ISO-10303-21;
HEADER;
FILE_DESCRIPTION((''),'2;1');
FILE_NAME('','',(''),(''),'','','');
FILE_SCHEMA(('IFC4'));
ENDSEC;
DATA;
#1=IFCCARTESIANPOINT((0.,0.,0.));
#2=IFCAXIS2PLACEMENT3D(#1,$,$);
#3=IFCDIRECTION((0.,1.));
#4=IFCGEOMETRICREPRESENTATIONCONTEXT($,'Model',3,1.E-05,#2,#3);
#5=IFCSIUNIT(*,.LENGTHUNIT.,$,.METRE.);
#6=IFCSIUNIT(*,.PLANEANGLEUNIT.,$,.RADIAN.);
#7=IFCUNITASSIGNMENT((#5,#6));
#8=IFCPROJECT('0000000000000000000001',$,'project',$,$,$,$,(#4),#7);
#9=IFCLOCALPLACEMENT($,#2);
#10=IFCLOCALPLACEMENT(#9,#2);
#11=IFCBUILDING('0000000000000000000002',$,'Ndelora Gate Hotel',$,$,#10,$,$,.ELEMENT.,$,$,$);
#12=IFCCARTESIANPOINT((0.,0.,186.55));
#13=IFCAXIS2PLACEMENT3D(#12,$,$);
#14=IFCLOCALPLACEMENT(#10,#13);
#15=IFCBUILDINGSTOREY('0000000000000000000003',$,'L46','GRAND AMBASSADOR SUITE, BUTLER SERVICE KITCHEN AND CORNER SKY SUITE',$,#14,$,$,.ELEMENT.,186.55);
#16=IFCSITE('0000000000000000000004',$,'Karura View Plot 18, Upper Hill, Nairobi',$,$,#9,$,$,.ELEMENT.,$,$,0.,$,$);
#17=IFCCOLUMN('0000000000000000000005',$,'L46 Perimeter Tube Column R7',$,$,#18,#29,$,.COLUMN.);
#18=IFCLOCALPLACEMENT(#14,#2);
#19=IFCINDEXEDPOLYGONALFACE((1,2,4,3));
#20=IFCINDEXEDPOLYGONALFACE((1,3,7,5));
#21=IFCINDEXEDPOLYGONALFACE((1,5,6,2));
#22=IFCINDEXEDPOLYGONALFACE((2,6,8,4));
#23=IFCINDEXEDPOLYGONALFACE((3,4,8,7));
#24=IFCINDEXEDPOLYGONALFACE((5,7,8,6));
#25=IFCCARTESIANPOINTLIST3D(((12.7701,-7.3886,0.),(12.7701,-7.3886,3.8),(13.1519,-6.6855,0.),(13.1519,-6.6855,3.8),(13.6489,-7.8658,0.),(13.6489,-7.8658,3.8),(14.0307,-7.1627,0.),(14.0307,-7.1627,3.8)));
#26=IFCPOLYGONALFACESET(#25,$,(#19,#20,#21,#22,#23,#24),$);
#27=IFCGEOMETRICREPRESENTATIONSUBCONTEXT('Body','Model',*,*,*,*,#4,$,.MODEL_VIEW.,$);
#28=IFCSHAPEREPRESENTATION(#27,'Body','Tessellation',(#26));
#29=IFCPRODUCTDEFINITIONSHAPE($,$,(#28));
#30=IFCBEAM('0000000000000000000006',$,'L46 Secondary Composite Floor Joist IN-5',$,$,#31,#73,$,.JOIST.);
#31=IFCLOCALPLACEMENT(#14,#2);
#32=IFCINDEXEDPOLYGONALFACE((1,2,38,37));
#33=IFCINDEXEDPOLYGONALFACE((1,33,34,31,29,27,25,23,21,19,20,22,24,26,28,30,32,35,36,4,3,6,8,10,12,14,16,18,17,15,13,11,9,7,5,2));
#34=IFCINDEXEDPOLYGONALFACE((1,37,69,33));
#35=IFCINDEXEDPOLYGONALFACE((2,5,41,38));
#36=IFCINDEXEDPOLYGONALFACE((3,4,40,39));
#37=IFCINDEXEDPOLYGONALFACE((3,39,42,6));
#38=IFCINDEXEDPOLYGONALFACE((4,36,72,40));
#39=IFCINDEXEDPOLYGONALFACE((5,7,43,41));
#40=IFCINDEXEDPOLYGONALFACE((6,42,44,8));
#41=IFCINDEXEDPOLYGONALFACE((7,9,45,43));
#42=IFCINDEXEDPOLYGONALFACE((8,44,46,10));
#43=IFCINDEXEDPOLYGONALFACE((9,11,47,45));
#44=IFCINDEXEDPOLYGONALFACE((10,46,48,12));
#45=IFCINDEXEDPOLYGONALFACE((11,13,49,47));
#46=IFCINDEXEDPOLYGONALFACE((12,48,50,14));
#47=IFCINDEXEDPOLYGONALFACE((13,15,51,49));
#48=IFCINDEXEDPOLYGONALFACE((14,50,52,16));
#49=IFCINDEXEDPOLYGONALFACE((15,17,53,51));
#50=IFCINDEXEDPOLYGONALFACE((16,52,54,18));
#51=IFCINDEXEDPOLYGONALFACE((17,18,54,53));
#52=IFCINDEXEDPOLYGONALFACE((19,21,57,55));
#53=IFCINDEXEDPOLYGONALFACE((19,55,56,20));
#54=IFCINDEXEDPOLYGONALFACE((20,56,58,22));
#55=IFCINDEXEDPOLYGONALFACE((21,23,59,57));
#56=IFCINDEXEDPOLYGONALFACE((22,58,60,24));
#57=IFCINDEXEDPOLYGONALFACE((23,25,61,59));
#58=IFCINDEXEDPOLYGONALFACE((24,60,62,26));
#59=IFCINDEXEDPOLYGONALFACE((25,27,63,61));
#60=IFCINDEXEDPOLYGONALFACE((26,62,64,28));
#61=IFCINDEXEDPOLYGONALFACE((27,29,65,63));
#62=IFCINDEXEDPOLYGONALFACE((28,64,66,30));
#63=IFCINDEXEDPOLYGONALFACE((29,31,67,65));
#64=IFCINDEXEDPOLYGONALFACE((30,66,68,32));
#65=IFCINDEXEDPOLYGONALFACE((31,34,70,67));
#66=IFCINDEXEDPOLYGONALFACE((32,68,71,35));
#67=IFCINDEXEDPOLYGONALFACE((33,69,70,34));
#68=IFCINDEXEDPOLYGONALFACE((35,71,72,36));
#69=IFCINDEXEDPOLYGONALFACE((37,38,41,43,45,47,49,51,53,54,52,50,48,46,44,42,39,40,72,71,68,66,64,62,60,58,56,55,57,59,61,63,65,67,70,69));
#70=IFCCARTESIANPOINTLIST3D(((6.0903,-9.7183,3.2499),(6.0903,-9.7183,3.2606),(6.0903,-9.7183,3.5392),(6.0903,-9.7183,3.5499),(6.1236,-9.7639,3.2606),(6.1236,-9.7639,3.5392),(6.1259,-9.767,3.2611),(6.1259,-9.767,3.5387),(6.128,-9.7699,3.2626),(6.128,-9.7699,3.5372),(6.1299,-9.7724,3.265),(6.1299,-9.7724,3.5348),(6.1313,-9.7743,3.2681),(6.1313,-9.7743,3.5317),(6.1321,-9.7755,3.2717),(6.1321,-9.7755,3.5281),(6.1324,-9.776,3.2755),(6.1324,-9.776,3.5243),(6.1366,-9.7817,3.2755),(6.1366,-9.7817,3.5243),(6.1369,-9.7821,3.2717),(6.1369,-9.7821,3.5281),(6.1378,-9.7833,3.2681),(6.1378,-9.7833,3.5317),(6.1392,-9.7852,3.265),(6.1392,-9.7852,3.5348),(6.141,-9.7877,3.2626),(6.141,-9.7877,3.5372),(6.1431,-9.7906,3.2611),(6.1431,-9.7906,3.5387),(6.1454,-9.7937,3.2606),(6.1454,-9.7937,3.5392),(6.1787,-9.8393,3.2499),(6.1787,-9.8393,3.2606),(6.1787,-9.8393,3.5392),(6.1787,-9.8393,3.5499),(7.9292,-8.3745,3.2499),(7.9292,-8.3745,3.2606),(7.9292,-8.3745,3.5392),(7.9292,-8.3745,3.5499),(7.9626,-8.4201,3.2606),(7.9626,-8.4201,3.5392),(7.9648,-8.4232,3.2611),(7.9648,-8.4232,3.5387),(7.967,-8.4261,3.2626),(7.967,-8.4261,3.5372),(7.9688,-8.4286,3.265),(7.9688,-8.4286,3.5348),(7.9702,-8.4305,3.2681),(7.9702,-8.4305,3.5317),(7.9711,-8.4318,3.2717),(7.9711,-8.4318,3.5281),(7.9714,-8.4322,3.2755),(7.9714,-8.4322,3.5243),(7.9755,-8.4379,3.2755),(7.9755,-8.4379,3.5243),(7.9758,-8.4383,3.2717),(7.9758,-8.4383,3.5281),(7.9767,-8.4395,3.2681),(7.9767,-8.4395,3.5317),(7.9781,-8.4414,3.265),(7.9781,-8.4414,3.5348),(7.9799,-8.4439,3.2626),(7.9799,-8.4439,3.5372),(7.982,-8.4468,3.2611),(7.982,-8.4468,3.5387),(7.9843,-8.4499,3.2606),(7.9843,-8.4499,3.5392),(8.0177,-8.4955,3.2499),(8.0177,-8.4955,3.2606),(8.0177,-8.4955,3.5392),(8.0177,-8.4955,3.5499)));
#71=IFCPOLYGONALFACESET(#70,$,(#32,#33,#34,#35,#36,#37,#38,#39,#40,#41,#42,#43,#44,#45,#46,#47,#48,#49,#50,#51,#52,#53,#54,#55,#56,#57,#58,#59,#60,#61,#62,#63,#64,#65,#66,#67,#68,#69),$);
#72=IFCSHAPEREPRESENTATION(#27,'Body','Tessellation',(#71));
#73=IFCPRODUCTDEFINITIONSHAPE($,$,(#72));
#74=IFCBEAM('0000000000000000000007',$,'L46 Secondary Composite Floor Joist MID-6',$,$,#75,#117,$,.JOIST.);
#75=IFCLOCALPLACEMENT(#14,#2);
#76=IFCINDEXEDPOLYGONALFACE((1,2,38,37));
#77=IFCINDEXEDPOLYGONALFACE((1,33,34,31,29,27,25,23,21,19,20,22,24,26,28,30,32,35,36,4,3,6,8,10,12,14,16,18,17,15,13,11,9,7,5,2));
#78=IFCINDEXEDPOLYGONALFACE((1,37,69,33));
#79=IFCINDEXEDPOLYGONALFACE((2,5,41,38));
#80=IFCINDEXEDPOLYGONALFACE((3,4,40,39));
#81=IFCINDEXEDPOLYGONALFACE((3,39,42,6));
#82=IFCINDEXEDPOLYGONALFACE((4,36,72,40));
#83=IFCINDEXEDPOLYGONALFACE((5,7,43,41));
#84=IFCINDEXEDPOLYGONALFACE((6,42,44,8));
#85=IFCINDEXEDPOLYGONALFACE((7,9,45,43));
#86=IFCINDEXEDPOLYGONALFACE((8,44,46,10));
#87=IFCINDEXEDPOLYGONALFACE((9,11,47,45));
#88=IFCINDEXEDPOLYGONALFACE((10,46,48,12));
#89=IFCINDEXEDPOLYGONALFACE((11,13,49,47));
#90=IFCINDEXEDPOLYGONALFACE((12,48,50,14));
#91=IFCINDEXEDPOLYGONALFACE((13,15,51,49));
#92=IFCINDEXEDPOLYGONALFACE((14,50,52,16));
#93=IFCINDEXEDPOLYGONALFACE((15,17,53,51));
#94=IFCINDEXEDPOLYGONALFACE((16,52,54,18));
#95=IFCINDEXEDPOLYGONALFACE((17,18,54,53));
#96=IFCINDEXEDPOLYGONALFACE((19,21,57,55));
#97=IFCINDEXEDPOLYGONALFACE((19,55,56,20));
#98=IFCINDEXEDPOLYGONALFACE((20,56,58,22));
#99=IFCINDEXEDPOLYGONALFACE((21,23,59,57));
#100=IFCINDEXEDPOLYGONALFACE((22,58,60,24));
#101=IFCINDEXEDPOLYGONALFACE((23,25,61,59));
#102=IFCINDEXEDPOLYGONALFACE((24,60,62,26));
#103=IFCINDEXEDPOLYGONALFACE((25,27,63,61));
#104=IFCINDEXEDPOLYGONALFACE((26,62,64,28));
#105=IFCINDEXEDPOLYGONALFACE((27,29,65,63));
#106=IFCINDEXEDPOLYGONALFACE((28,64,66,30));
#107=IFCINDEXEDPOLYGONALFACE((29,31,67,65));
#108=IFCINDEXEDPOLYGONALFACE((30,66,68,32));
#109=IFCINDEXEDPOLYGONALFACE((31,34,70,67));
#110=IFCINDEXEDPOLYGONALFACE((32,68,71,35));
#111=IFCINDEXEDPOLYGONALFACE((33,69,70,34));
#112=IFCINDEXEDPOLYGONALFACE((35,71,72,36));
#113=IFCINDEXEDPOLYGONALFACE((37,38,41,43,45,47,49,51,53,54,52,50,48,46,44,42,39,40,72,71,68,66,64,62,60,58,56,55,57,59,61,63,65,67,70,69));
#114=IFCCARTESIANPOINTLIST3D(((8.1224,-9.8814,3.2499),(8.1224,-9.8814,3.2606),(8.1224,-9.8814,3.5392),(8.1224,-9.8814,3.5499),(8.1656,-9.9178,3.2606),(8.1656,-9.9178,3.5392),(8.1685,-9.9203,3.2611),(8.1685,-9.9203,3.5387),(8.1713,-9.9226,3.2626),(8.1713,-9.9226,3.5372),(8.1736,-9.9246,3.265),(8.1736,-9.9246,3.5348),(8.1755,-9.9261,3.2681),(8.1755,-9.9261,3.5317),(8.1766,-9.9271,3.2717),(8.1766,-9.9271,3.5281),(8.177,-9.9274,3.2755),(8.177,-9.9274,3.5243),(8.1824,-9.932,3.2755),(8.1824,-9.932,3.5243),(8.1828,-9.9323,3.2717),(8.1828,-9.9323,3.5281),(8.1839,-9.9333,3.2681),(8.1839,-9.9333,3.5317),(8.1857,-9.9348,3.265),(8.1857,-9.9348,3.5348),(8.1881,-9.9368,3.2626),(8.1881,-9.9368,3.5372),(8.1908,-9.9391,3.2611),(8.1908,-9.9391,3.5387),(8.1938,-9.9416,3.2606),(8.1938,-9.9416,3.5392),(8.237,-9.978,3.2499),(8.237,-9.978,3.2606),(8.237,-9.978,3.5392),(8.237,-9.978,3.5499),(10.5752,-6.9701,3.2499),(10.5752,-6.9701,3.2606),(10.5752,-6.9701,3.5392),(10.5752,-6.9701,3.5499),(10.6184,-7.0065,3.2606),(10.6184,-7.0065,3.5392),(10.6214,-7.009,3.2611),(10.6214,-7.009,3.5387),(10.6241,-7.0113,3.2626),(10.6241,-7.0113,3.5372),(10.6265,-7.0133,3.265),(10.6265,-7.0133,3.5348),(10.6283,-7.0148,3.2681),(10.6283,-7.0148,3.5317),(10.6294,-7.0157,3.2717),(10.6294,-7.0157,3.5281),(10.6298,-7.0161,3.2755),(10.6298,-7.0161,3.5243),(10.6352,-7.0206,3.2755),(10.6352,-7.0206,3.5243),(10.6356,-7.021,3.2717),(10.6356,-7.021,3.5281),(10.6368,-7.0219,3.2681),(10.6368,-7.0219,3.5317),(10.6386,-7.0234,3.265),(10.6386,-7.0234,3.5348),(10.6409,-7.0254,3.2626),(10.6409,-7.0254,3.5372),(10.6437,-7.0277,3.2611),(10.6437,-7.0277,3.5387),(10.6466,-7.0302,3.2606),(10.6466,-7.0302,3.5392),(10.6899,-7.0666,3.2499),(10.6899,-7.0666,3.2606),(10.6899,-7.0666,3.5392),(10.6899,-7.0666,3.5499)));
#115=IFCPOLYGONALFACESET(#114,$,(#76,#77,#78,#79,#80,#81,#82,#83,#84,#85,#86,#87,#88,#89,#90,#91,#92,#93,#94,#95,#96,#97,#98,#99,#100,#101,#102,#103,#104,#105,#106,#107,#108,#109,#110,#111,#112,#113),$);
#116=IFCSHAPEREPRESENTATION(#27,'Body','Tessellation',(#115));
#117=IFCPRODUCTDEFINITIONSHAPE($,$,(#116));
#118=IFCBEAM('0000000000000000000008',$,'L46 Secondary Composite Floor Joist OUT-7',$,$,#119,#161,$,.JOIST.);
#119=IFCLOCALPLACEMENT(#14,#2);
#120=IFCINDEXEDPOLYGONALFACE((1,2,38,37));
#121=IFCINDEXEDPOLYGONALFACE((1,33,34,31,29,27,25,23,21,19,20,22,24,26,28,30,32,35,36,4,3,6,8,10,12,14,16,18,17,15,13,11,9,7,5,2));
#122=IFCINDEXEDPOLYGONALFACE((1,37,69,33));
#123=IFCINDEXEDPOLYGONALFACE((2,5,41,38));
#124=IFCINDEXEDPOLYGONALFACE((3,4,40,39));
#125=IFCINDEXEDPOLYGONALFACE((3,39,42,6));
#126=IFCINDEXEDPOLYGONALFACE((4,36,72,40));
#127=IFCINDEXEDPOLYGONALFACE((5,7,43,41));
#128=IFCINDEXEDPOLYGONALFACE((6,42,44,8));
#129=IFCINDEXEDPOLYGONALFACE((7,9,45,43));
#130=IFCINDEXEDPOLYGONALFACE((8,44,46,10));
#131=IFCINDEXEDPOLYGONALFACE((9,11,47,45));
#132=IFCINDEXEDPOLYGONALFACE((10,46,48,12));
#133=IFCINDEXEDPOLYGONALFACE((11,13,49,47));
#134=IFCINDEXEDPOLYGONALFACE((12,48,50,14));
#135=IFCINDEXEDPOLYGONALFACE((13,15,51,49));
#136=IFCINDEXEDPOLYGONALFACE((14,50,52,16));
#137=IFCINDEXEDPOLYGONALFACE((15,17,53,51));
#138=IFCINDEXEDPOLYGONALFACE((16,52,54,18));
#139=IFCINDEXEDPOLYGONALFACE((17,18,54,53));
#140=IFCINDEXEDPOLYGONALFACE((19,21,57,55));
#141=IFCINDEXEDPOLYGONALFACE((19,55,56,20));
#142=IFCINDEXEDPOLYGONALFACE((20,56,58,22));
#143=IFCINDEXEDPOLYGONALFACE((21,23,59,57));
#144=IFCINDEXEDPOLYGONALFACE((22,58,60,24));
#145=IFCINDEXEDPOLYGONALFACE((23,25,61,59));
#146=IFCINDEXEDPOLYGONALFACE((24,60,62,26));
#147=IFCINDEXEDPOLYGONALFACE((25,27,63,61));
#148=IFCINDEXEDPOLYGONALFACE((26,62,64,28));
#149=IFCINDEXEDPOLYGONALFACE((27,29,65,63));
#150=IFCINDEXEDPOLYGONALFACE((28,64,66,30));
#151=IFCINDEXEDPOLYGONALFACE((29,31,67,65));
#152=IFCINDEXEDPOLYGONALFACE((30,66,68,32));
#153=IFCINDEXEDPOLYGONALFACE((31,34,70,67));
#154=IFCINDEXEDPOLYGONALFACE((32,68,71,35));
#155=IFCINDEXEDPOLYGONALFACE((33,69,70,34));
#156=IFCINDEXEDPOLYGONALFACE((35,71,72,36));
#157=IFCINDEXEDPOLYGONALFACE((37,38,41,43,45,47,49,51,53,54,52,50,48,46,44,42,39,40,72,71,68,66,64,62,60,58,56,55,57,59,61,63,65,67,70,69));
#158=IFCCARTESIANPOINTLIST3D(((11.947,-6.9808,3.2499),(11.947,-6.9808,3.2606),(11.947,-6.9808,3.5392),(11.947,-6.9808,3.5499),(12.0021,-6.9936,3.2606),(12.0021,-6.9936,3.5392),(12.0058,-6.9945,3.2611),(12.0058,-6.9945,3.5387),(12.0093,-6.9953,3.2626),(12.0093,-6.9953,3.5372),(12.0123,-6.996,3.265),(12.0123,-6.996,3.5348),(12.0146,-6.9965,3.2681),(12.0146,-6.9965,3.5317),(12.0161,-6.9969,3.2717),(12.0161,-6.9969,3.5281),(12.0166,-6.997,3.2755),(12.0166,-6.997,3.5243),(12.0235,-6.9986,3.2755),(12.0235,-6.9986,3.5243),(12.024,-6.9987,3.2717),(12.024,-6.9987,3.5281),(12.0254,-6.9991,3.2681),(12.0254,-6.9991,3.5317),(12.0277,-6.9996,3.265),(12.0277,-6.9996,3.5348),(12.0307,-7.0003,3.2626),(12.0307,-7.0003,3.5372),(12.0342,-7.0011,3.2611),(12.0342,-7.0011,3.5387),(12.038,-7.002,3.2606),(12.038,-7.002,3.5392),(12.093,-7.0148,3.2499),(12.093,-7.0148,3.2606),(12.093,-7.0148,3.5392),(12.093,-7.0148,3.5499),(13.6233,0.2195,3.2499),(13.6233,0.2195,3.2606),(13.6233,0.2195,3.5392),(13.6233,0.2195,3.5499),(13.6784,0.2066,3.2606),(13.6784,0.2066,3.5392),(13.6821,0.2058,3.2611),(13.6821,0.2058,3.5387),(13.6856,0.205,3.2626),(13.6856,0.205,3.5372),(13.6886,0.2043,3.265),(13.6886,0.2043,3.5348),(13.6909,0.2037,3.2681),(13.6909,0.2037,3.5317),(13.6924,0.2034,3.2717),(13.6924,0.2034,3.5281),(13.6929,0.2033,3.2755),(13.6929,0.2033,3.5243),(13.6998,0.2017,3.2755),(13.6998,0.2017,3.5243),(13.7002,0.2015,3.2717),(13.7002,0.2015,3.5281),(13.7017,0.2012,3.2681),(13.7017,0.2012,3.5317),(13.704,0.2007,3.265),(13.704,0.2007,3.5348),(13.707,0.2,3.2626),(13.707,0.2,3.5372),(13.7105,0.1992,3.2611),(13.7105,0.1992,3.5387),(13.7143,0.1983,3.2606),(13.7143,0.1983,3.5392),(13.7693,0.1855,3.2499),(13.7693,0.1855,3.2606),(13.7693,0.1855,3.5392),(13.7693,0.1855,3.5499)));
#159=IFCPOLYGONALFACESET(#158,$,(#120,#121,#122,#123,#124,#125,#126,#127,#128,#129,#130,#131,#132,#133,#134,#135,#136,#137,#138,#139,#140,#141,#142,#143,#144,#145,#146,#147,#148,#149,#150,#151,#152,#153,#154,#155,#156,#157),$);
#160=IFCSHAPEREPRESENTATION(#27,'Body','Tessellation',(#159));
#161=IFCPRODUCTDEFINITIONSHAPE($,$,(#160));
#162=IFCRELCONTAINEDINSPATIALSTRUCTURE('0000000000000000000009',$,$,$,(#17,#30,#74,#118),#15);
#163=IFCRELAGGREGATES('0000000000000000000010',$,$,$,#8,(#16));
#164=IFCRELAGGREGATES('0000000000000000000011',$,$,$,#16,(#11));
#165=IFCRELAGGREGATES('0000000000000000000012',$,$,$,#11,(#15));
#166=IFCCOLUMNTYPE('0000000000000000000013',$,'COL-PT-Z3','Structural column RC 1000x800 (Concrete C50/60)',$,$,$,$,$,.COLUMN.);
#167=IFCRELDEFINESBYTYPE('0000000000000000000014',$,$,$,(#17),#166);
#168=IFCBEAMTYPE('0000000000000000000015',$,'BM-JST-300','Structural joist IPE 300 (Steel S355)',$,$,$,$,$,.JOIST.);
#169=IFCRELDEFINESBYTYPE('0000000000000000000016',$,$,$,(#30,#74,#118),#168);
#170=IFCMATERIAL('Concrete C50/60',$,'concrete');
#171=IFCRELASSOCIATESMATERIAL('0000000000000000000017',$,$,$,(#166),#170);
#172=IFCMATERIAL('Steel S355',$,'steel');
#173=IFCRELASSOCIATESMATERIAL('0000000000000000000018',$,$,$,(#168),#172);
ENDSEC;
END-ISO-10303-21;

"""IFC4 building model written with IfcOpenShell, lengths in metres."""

from ifc_helpers import new_model, si_unit, direction, frame, origin, origin_2d, place, context, subcontext, project, spatial, rectangle, i_section, extrude, material, material_profile, profile_set, type_object, element, save


model = new_model("IFC4")

# Units and contexts
model_context = context("Model", 3, precision=1e-05, world=origin(), true_north=direction((0.0, 1.0)))
body_context = subcontext(model_context, "Body", "Model", "MODEL_VIEW")
ifc_project = project(units=[si_unit("LENGTHUNIT", "METRE"), si_unit("PLANEANGLEUNIT", "RADIAN")], contexts=[model_context])

# Site, building, storey
site_placement = place(None, origin())
site = spatial("IfcSite", under=ifc_project, at=site_placement, Name="Karura View Plot 18, Upper Hill, Nairobi", CompositionType="ELEMENT", RefElevation=0.0)
building_placement = place(site_placement, origin())
building = spatial("IfcBuilding", under=site, at=building_placement, Name="Ndelora Gate Hotel", CompositionType="ELEMENT")
storey_placement = place(building_placement, frame((0.0, 0.0, 186.55)))
storey = spatial("IfcBuildingStorey", under=building, at=storey_placement, Name="L46", Description="GRAND AMBASSADOR SUITE, BUTLER SERVICE KITCHEN AND CORNER SKY SUITE", CompositionType="ELEMENT", Elevation=186.55)

# Column
ifc_material_1 = material(Name="Concrete C50/60", Category="concrete")
ifc_material_profile_1 = material_profile(ifc_material_1, rectangle(XDim=0.8, YDim=1.0, at=origin_2d()), Name="RC 1000x800")
ifc_profile_set_1 = profile_set([ifc_material_profile_1], Name="Concrete C50/60")
column_type = type_object("IfcColumnType", Name="COL-PT-Z3", Description="Structural column RC 1000x800 (Concrete C50/60)", PredefinedType="COLUMN", material=ifc_profile_set_1)
column_placement = place(storey_placement, frame((13.4004, -7.2756, 0.0), z_axis=(0.0, 0.0, 1.0), x_axis=(0.477159, 0.878817, 0.0)))
element("IfcColumn", 1, at=column_placement, inside=storey, type_object=column_type, Name="L46 Perimeter Tube Column R7", PredefinedType="COLUMN", context=body_context, shape_type="SweptSolid", body=[
    extrude(rectangle(XDim=0.8, YDim=1.0, at=origin_2d()), origin(), (0.0, 0.0, 1.0), 3.8),
])

# Beams
ifc_material_2 = material(Name="Steel S355", Category="steel")
ifc_material_profile_2 = material_profile(ifc_material_2, i_section(OverallWidth=0.1499, OverallDepth=0.3, WebThickness=0.0071, FlangeThickness=0.0107, FilletRadius=0.0149, at=origin_2d()), Name="IPE 300")
ifc_profile_set_2 = profile_set([ifc_material_profile_2], Name="Steel S355")
beam_type_1 = type_object("IfcBeamType", Name="BM-JST-300", Description="Structural joist IPE 300 (Steel S355)", PredefinedType="JOIST", material=ifc_profile_set_2)
beam_1_placement = place(storey_placement, frame((6.1345, -9.7788, 3.3999), z_axis=(0.807399, 0.590006, 0.0), x_axis=(-0.590006, 0.807399, 0.0)))
element("IfcBeam", 2, at=beam_1_placement, inside=storey, type_object=beam_type_1, Name="L46 Secondary Composite Floor Joist IN-5", PredefinedType="JOIST", context=body_context, shape_type="SweptSolid", body=[
    extrude(i_section(OverallWidth=0.1499, OverallDepth=0.3, WebThickness=0.0071, FlangeThickness=0.0107, FilletRadius=0.0149, at=origin_2d()), origin(), (0.0, 0.0, 1.0), 2.2776),
])
beam_2_placement = place(storey_placement, frame((8.1797, -9.9297, 3.3999), z_axis=(0.644319, 0.764757, 0.0), x_axis=(-0.764757, 0.644319, 0.0)))
element("IfcBeam", 3, at=beam_2_placement, inside=storey, type_object=beam_type_1, Name="L46 Secondary Composite Floor Joist MID-6", PredefinedType="JOIST", context=body_context, shape_type="SweptSolid", body=[
    extrude(i_section(OverallWidth=0.1499, OverallDepth=0.3, WebThickness=0.0071, FlangeThickness=0.0107, FilletRadius=0.0149, at=origin_2d()), origin(), (0.0, 0.0, 1.0), 3.8069),
])
beam_3_placement = place(storey_placement, frame((12.02, -6.9978, 3.3999), z_axis=(0.226745, 0.973954, 0.0), x_axis=(-0.973954, 0.226745, 0.0)))
element("IfcBeam", 4, at=beam_3_placement, inside=storey, type_object=beam_type_1, Name="L46 Secondary Composite Floor Joist OUT-7", PredefinedType="JOIST", context=body_context, shape_type="SweptSolid", body=[
    extrude(i_section(OverallWidth=0.1499, OverallDepth=0.3, WebThickness=0.0071, FlangeThickness=0.0107, FilletRadius=0.0149, at=origin_2d()), origin(), (0.0, 0.0, 1.0), 7.3928),
])

save(model, "model.ifc")
